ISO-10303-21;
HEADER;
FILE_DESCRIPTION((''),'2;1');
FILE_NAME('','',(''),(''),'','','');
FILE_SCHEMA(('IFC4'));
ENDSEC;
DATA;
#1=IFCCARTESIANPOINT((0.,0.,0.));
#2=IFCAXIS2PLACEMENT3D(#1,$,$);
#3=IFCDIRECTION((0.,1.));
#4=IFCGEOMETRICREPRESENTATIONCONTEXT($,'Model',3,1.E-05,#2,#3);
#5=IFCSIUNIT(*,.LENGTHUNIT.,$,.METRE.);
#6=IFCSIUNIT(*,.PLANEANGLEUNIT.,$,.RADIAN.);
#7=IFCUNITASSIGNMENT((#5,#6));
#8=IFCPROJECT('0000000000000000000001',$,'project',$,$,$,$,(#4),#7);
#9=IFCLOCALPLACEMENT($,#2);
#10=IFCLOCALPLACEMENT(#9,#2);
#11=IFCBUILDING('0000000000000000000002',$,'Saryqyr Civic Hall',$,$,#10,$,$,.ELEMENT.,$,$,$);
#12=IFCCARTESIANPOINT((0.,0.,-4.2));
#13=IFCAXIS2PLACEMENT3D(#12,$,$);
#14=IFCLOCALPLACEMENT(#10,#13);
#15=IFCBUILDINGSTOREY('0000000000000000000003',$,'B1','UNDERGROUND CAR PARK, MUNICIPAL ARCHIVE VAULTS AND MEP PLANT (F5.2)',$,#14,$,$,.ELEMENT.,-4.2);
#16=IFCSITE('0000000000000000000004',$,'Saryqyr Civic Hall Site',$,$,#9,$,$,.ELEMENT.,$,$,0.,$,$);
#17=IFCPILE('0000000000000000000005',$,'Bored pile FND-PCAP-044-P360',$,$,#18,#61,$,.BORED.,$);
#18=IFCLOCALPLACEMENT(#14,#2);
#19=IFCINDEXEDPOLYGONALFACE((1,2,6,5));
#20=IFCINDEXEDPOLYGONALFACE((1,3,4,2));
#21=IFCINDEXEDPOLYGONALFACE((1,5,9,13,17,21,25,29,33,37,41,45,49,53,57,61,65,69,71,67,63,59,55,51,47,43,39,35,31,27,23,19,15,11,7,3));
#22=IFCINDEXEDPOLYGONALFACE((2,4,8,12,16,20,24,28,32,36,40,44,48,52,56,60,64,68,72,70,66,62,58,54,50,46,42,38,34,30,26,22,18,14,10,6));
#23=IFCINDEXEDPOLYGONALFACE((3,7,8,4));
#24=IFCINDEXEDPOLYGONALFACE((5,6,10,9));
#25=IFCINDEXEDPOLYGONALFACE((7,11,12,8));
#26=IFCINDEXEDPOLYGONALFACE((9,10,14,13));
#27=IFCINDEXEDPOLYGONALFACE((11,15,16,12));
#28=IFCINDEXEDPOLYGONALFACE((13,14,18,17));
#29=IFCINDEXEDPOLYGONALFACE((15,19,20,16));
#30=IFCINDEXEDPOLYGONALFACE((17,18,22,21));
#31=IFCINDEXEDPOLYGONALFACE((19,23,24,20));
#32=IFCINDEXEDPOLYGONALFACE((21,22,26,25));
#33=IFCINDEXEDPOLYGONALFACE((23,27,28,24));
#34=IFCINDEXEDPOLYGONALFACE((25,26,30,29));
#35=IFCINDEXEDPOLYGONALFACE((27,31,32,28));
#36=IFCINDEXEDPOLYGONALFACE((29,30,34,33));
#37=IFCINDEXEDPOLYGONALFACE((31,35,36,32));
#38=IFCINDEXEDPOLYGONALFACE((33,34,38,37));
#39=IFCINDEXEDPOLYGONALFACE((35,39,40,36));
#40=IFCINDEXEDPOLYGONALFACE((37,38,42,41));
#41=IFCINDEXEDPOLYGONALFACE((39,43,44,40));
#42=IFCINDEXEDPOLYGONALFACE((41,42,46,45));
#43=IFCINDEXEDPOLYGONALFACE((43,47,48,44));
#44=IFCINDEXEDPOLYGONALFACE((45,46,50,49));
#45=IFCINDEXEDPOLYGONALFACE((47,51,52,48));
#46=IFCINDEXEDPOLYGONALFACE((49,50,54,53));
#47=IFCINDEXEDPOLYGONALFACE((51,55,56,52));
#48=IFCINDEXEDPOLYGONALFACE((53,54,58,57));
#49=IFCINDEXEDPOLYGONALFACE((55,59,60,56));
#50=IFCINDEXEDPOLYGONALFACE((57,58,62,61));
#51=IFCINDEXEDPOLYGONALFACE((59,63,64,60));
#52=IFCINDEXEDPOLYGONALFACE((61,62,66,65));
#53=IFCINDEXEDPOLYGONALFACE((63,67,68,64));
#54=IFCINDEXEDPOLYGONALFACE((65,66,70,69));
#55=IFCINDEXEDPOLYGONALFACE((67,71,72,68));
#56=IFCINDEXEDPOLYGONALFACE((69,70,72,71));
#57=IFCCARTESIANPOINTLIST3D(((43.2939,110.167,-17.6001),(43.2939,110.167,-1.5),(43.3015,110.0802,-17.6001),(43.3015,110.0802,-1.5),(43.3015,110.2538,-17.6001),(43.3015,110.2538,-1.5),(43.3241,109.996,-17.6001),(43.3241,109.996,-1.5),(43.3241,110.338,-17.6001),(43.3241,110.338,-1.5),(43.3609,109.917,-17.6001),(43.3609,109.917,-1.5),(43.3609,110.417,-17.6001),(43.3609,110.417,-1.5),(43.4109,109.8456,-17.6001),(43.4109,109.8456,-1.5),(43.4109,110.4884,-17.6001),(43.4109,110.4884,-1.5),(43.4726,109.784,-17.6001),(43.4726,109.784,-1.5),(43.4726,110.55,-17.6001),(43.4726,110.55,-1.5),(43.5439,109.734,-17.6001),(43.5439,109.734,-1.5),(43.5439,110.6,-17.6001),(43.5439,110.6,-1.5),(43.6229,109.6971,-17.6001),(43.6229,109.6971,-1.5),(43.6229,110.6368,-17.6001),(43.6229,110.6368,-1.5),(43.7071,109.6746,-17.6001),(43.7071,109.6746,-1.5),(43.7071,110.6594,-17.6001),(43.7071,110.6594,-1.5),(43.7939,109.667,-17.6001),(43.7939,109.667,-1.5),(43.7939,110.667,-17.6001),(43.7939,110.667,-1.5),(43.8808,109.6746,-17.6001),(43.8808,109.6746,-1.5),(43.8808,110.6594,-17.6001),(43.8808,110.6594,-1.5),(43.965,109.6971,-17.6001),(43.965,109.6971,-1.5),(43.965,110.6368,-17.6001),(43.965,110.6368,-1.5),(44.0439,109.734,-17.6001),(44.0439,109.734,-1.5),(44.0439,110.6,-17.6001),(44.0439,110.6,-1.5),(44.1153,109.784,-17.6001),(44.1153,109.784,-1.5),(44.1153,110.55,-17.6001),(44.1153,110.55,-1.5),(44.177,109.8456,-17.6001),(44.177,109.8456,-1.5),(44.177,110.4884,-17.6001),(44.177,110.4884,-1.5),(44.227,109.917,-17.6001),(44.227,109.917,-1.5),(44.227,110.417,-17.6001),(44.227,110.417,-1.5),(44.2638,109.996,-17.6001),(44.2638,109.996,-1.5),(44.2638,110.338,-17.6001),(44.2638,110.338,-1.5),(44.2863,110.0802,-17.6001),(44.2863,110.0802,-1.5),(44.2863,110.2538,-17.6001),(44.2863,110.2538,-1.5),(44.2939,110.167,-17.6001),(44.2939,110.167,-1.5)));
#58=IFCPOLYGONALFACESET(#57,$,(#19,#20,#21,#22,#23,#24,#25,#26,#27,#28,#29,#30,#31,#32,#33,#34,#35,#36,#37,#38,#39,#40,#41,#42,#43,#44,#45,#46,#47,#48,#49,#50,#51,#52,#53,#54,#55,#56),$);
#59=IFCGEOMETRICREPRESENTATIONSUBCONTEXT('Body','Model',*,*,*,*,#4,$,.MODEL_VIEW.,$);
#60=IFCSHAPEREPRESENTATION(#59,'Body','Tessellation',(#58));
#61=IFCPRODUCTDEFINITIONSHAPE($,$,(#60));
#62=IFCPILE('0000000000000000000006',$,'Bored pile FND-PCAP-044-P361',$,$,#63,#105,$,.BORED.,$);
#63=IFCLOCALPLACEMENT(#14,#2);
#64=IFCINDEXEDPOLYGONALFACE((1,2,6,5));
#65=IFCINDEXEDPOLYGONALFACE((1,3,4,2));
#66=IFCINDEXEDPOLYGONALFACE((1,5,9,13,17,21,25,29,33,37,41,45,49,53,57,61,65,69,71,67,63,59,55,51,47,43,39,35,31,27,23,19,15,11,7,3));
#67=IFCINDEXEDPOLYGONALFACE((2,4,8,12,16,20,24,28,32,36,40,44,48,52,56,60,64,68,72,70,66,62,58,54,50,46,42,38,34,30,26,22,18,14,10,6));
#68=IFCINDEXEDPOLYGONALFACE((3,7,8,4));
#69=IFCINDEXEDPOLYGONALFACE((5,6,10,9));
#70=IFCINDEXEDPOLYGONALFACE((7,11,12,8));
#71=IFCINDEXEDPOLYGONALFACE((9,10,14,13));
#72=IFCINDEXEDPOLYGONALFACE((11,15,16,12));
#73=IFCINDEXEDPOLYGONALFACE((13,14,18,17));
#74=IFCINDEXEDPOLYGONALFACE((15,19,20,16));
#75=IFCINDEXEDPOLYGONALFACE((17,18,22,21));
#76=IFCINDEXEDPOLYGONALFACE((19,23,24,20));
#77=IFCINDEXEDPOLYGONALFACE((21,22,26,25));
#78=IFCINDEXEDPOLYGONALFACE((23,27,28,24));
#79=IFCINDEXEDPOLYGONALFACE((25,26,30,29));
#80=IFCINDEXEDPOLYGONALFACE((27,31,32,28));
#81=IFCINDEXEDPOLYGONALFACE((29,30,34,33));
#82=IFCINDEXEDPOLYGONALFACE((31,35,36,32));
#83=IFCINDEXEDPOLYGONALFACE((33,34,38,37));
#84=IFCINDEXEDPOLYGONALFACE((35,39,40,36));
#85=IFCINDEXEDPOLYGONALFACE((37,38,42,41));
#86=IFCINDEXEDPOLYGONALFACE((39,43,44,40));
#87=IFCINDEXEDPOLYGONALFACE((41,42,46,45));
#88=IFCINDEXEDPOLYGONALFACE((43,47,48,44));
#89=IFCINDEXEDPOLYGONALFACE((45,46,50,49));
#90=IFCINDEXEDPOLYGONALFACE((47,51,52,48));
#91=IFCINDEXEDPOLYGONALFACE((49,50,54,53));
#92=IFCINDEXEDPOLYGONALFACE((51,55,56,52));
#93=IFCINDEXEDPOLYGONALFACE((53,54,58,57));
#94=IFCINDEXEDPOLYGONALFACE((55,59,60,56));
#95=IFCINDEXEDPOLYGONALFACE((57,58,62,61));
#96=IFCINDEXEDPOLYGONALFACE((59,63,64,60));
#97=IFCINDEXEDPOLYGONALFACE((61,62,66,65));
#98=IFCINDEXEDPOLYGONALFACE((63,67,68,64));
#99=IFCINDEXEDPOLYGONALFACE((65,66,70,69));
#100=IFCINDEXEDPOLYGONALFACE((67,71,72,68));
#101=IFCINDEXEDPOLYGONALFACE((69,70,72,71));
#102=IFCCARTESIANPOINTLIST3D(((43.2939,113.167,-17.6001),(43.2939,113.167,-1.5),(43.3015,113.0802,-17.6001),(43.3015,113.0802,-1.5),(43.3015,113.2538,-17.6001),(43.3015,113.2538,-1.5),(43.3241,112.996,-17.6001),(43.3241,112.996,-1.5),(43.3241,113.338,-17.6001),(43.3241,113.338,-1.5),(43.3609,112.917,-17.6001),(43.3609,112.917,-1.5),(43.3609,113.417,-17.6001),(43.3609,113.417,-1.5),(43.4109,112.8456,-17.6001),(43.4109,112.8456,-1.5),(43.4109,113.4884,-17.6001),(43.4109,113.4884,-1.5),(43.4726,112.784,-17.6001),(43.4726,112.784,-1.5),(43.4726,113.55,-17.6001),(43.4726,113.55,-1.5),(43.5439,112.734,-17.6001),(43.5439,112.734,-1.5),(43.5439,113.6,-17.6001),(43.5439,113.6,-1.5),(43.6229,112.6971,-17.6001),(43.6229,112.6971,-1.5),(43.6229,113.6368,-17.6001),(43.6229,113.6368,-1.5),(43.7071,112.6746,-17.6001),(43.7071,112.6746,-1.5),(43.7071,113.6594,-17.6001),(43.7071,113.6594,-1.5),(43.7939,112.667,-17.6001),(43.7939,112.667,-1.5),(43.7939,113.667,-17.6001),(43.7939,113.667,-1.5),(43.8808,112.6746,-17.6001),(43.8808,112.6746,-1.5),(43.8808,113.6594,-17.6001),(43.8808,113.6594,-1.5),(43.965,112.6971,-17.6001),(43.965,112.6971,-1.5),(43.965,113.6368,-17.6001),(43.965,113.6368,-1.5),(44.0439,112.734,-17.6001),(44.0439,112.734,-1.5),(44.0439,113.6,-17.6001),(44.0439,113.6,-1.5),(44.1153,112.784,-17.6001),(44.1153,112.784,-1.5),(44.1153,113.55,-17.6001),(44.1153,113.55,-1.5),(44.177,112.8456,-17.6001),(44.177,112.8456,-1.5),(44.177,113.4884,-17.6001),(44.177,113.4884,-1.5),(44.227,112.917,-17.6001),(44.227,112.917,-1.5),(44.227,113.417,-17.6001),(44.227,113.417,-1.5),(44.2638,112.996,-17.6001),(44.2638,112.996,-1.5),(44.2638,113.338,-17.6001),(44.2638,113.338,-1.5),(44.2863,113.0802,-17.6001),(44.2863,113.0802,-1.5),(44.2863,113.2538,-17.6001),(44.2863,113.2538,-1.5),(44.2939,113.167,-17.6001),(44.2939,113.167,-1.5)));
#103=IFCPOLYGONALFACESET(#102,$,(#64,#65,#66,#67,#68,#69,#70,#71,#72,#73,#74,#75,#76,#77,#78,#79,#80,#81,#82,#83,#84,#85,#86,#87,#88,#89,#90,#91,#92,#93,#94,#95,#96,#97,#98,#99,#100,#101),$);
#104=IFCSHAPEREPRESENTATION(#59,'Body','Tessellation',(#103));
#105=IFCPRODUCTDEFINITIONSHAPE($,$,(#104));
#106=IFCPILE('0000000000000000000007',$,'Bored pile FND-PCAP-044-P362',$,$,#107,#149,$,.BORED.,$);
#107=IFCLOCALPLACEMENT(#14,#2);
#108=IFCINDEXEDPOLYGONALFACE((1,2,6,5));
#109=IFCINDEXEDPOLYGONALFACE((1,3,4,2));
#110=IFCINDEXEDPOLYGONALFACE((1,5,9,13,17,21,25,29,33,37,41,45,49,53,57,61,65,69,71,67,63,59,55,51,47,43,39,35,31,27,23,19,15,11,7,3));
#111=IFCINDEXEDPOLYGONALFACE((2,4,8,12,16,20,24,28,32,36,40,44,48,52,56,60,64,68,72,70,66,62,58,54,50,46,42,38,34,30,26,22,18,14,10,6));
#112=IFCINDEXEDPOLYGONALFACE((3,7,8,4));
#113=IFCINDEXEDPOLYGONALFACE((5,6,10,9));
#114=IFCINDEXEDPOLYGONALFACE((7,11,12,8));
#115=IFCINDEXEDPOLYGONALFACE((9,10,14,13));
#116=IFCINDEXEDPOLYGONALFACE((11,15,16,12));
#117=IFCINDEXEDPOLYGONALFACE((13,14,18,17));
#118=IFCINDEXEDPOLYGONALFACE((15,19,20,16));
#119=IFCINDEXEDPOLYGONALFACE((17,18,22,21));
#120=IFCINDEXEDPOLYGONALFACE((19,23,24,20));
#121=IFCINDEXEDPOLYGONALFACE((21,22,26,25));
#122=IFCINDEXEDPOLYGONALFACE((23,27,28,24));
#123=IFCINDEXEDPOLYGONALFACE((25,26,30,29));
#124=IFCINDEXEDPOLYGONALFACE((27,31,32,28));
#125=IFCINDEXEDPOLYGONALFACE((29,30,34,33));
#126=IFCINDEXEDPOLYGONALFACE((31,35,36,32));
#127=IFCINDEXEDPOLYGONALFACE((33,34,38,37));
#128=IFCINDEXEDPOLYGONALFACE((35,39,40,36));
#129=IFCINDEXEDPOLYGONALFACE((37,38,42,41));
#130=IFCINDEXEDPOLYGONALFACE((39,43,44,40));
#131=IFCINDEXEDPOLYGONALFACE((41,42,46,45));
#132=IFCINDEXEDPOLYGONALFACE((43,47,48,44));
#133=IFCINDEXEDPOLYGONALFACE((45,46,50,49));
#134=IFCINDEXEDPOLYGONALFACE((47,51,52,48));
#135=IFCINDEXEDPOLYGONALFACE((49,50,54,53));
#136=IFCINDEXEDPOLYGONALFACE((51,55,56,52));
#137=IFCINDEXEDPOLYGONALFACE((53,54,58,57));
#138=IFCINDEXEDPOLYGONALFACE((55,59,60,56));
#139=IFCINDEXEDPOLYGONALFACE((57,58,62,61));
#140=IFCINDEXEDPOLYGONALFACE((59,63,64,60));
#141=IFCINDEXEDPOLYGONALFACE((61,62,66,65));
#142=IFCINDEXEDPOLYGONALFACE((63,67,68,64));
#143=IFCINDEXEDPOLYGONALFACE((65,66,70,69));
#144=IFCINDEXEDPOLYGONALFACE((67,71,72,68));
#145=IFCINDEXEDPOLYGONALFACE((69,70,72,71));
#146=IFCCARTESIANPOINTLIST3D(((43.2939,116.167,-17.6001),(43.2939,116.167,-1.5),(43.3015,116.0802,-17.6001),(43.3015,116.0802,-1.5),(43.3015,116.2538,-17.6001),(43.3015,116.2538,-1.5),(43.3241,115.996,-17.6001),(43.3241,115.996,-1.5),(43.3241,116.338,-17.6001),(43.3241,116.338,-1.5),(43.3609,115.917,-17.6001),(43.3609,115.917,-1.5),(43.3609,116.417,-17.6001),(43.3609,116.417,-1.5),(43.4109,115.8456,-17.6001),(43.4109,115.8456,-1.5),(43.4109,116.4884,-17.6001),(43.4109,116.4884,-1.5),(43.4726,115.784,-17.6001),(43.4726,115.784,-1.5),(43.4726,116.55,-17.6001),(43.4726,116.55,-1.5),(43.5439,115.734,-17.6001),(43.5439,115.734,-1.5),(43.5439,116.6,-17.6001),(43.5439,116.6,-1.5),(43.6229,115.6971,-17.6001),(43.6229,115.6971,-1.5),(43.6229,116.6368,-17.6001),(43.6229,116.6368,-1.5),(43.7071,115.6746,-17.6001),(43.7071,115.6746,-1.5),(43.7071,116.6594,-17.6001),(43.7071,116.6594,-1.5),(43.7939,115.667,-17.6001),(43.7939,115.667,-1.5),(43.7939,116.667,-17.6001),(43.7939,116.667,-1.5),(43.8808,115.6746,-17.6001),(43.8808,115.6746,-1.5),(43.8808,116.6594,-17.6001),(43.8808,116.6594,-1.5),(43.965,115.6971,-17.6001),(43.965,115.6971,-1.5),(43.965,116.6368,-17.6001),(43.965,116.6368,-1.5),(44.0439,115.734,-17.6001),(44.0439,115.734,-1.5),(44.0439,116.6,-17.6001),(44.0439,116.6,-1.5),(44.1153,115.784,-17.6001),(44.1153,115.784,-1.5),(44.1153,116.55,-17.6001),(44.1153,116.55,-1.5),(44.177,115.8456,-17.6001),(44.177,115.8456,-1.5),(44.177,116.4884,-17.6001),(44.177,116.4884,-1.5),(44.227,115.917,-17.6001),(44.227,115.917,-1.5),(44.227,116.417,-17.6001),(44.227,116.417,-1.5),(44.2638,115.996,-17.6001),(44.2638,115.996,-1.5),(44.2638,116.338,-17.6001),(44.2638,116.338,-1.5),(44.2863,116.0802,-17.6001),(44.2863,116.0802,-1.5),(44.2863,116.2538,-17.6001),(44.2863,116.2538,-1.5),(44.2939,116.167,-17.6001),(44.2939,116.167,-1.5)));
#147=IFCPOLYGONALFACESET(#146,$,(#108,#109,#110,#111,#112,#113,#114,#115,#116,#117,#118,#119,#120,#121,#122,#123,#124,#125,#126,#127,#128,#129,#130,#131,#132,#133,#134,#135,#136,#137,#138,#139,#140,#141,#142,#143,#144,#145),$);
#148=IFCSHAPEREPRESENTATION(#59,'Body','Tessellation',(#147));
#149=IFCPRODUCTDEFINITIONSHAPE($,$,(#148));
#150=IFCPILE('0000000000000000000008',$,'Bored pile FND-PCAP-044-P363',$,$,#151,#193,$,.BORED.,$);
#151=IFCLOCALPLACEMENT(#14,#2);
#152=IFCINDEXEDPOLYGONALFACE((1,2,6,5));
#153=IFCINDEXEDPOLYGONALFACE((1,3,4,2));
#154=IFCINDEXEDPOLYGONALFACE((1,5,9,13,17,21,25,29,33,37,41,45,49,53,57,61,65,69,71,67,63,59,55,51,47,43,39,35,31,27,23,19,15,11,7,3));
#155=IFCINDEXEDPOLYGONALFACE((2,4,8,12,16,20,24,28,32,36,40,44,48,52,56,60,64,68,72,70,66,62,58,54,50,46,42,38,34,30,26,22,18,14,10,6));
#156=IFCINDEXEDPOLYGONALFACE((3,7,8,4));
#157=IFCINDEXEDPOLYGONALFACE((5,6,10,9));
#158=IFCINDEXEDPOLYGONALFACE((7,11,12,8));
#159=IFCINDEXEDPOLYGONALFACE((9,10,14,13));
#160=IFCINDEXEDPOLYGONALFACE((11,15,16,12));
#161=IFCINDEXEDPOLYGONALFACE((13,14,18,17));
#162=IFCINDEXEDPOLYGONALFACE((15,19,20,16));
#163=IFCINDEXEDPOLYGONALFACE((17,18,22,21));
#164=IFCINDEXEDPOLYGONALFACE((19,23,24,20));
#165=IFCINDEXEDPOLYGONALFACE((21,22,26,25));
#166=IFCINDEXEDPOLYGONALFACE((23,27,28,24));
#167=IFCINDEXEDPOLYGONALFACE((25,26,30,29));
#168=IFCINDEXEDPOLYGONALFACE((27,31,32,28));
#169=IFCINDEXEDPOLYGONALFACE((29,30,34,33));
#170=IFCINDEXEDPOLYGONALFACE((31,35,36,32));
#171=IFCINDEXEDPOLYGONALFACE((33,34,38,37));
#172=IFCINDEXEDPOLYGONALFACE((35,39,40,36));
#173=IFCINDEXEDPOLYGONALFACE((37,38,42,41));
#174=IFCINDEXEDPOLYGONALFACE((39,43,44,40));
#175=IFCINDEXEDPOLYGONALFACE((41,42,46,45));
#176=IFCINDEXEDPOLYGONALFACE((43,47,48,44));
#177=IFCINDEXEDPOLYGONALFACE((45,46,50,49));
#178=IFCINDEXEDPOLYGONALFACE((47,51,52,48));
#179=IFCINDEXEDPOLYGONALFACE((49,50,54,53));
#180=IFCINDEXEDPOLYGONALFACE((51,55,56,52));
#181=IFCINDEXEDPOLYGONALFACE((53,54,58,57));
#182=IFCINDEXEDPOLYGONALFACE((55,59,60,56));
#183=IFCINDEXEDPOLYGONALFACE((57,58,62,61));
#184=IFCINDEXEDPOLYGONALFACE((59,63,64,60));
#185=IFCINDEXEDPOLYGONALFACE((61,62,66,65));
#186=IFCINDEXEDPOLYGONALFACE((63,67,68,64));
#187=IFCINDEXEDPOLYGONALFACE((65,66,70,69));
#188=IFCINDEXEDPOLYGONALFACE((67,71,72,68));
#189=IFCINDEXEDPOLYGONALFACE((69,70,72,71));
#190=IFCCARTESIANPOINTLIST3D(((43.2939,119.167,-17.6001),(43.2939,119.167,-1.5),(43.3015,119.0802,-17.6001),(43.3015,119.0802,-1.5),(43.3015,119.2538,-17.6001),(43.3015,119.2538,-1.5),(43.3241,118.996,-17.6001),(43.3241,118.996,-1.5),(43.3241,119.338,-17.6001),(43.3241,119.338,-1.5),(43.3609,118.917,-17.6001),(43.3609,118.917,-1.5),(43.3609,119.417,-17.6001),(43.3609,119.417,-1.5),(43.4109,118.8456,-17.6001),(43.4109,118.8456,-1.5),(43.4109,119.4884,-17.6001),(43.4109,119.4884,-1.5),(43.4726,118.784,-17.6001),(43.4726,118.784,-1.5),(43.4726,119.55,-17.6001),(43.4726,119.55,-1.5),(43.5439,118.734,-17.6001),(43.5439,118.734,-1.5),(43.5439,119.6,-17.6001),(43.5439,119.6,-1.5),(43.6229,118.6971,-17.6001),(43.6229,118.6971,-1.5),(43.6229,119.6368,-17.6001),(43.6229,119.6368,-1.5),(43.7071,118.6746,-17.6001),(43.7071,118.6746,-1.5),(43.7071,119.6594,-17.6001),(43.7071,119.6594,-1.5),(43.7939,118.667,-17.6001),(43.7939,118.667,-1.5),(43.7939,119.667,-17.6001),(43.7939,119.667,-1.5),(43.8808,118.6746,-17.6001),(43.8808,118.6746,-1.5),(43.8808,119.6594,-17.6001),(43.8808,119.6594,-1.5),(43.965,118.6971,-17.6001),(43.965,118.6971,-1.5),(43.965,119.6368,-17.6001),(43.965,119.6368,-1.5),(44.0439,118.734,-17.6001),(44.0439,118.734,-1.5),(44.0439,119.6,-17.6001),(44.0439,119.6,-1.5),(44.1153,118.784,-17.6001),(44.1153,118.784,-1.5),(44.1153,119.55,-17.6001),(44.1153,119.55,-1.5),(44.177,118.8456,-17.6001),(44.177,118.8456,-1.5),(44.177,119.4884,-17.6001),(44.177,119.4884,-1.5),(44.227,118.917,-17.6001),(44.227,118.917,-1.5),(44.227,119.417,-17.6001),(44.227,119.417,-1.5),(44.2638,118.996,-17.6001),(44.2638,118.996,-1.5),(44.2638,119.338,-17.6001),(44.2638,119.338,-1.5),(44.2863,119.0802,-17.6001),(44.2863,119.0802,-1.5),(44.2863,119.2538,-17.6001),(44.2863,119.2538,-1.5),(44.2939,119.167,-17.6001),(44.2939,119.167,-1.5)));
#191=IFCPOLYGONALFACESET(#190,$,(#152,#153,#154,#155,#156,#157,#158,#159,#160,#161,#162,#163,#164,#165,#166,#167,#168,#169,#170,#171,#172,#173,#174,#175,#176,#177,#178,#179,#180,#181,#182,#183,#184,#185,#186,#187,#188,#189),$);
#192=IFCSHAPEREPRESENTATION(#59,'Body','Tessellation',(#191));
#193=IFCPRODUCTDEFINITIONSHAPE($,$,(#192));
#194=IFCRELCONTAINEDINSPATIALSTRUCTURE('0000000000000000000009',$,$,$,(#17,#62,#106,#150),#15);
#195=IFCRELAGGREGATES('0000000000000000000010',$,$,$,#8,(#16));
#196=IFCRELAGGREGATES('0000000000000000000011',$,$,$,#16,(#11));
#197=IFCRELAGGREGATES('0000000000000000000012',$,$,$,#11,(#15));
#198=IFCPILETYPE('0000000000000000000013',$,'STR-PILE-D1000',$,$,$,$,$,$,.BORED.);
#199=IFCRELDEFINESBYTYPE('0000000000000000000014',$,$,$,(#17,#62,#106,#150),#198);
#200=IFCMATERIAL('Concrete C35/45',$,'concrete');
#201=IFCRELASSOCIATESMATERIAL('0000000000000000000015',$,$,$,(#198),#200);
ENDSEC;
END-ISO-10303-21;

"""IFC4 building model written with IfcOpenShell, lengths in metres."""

from ifc_helpers import new_model, si_unit, direction, frame, origin, origin_2d, place, context, subcontext, project, spatial, circle, extrude, material, material_profile, profile_set, type_object, element, save


model = new_model("IFC4")

# Units and contexts
model_context = context("Model", 3, precision=1e-05, world=origin(), true_north=direction((0.0, 1.0)))
body_context = subcontext(model_context, "Body", "Model", "MODEL_VIEW")
ifc_project = project(units=[si_unit("LENGTHUNIT", "METRE"), si_unit("PLANEANGLEUNIT", "RADIAN")], contexts=[model_context])

# Site, building, storey
site_placement = place(None, origin())
site = spatial("IfcSite", under=ifc_project, at=site_placement, Name="Saryqyr Civic Hall Site", CompositionType="ELEMENT", RefElevation=0.0)
building_placement = place(site_placement, origin())
building = spatial("IfcBuilding", under=site, at=building_placement, Name="Saryqyr Civic Hall", CompositionType="ELEMENT")
storey_placement = place(building_placement, frame((0.0, 0.0, -4.2)))
storey = spatial("IfcBuildingStorey", under=building, at=storey_placement, Name="B1", Description="UNDERGROUND CAR PARK, MUNICIPAL ARCHIVE VAULTS AND MEP PLANT (F5.2)", CompositionType="ELEMENT", Elevation=-4.2)

# Piles
ifc_material_1 = material(Name="Concrete C35/45", Category="concrete")
ifc_material_profile_1 = material_profile(ifc_material_1, circle(Radius=0.5, at=origin_2d()), Name="BORED PILE D1000")
ifc_profile_set_1 = profile_set([ifc_material_profile_1], Name="Concrete C35/45")
pile_type = type_object("IfcPileType", Name="STR-PILE-D1000", PredefinedType="BORED", material=ifc_profile_set_1)
for number, where, z_axis, x_axis, name in (
    (1, (43.7939, 110.167, -1.5), (0.0, 0.0, -1.0), (1.0, 0.0, 0.0), "Bored pile FND-PCAP-044-P360"),
    (2, (43.7939, 113.167, -1.5), (0.0, 0.0, -1.0), (1.0, 0.0, 0.0), "Bored pile FND-PCAP-044-P361"),
    (3, (43.7939, 116.167, -1.5), (0.0, 0.0, -1.0), (1.0, 0.0, 0.0), "Bored pile FND-PCAP-044-P362"),
    (4, (43.7939, 119.167, -1.5), (0.0, 0.0, -1.0), (1.0, 0.0, 0.0), "Bored pile FND-PCAP-044-P363"),
):
    element("IfcPile", number, at=place(storey_placement, frame(where, z_axis=z_axis, x_axis=x_axis)), inside=storey, type_object=pile_type, Name=name, PredefinedType="BORED", context=body_context, shape_type="SweptSolid", body=[
        extrude(circle(Radius=0.5, at=origin_2d()), origin(), (0.0, 0.0, 1.0), 16.1001),
    ])

save(model, "model.ifc")
